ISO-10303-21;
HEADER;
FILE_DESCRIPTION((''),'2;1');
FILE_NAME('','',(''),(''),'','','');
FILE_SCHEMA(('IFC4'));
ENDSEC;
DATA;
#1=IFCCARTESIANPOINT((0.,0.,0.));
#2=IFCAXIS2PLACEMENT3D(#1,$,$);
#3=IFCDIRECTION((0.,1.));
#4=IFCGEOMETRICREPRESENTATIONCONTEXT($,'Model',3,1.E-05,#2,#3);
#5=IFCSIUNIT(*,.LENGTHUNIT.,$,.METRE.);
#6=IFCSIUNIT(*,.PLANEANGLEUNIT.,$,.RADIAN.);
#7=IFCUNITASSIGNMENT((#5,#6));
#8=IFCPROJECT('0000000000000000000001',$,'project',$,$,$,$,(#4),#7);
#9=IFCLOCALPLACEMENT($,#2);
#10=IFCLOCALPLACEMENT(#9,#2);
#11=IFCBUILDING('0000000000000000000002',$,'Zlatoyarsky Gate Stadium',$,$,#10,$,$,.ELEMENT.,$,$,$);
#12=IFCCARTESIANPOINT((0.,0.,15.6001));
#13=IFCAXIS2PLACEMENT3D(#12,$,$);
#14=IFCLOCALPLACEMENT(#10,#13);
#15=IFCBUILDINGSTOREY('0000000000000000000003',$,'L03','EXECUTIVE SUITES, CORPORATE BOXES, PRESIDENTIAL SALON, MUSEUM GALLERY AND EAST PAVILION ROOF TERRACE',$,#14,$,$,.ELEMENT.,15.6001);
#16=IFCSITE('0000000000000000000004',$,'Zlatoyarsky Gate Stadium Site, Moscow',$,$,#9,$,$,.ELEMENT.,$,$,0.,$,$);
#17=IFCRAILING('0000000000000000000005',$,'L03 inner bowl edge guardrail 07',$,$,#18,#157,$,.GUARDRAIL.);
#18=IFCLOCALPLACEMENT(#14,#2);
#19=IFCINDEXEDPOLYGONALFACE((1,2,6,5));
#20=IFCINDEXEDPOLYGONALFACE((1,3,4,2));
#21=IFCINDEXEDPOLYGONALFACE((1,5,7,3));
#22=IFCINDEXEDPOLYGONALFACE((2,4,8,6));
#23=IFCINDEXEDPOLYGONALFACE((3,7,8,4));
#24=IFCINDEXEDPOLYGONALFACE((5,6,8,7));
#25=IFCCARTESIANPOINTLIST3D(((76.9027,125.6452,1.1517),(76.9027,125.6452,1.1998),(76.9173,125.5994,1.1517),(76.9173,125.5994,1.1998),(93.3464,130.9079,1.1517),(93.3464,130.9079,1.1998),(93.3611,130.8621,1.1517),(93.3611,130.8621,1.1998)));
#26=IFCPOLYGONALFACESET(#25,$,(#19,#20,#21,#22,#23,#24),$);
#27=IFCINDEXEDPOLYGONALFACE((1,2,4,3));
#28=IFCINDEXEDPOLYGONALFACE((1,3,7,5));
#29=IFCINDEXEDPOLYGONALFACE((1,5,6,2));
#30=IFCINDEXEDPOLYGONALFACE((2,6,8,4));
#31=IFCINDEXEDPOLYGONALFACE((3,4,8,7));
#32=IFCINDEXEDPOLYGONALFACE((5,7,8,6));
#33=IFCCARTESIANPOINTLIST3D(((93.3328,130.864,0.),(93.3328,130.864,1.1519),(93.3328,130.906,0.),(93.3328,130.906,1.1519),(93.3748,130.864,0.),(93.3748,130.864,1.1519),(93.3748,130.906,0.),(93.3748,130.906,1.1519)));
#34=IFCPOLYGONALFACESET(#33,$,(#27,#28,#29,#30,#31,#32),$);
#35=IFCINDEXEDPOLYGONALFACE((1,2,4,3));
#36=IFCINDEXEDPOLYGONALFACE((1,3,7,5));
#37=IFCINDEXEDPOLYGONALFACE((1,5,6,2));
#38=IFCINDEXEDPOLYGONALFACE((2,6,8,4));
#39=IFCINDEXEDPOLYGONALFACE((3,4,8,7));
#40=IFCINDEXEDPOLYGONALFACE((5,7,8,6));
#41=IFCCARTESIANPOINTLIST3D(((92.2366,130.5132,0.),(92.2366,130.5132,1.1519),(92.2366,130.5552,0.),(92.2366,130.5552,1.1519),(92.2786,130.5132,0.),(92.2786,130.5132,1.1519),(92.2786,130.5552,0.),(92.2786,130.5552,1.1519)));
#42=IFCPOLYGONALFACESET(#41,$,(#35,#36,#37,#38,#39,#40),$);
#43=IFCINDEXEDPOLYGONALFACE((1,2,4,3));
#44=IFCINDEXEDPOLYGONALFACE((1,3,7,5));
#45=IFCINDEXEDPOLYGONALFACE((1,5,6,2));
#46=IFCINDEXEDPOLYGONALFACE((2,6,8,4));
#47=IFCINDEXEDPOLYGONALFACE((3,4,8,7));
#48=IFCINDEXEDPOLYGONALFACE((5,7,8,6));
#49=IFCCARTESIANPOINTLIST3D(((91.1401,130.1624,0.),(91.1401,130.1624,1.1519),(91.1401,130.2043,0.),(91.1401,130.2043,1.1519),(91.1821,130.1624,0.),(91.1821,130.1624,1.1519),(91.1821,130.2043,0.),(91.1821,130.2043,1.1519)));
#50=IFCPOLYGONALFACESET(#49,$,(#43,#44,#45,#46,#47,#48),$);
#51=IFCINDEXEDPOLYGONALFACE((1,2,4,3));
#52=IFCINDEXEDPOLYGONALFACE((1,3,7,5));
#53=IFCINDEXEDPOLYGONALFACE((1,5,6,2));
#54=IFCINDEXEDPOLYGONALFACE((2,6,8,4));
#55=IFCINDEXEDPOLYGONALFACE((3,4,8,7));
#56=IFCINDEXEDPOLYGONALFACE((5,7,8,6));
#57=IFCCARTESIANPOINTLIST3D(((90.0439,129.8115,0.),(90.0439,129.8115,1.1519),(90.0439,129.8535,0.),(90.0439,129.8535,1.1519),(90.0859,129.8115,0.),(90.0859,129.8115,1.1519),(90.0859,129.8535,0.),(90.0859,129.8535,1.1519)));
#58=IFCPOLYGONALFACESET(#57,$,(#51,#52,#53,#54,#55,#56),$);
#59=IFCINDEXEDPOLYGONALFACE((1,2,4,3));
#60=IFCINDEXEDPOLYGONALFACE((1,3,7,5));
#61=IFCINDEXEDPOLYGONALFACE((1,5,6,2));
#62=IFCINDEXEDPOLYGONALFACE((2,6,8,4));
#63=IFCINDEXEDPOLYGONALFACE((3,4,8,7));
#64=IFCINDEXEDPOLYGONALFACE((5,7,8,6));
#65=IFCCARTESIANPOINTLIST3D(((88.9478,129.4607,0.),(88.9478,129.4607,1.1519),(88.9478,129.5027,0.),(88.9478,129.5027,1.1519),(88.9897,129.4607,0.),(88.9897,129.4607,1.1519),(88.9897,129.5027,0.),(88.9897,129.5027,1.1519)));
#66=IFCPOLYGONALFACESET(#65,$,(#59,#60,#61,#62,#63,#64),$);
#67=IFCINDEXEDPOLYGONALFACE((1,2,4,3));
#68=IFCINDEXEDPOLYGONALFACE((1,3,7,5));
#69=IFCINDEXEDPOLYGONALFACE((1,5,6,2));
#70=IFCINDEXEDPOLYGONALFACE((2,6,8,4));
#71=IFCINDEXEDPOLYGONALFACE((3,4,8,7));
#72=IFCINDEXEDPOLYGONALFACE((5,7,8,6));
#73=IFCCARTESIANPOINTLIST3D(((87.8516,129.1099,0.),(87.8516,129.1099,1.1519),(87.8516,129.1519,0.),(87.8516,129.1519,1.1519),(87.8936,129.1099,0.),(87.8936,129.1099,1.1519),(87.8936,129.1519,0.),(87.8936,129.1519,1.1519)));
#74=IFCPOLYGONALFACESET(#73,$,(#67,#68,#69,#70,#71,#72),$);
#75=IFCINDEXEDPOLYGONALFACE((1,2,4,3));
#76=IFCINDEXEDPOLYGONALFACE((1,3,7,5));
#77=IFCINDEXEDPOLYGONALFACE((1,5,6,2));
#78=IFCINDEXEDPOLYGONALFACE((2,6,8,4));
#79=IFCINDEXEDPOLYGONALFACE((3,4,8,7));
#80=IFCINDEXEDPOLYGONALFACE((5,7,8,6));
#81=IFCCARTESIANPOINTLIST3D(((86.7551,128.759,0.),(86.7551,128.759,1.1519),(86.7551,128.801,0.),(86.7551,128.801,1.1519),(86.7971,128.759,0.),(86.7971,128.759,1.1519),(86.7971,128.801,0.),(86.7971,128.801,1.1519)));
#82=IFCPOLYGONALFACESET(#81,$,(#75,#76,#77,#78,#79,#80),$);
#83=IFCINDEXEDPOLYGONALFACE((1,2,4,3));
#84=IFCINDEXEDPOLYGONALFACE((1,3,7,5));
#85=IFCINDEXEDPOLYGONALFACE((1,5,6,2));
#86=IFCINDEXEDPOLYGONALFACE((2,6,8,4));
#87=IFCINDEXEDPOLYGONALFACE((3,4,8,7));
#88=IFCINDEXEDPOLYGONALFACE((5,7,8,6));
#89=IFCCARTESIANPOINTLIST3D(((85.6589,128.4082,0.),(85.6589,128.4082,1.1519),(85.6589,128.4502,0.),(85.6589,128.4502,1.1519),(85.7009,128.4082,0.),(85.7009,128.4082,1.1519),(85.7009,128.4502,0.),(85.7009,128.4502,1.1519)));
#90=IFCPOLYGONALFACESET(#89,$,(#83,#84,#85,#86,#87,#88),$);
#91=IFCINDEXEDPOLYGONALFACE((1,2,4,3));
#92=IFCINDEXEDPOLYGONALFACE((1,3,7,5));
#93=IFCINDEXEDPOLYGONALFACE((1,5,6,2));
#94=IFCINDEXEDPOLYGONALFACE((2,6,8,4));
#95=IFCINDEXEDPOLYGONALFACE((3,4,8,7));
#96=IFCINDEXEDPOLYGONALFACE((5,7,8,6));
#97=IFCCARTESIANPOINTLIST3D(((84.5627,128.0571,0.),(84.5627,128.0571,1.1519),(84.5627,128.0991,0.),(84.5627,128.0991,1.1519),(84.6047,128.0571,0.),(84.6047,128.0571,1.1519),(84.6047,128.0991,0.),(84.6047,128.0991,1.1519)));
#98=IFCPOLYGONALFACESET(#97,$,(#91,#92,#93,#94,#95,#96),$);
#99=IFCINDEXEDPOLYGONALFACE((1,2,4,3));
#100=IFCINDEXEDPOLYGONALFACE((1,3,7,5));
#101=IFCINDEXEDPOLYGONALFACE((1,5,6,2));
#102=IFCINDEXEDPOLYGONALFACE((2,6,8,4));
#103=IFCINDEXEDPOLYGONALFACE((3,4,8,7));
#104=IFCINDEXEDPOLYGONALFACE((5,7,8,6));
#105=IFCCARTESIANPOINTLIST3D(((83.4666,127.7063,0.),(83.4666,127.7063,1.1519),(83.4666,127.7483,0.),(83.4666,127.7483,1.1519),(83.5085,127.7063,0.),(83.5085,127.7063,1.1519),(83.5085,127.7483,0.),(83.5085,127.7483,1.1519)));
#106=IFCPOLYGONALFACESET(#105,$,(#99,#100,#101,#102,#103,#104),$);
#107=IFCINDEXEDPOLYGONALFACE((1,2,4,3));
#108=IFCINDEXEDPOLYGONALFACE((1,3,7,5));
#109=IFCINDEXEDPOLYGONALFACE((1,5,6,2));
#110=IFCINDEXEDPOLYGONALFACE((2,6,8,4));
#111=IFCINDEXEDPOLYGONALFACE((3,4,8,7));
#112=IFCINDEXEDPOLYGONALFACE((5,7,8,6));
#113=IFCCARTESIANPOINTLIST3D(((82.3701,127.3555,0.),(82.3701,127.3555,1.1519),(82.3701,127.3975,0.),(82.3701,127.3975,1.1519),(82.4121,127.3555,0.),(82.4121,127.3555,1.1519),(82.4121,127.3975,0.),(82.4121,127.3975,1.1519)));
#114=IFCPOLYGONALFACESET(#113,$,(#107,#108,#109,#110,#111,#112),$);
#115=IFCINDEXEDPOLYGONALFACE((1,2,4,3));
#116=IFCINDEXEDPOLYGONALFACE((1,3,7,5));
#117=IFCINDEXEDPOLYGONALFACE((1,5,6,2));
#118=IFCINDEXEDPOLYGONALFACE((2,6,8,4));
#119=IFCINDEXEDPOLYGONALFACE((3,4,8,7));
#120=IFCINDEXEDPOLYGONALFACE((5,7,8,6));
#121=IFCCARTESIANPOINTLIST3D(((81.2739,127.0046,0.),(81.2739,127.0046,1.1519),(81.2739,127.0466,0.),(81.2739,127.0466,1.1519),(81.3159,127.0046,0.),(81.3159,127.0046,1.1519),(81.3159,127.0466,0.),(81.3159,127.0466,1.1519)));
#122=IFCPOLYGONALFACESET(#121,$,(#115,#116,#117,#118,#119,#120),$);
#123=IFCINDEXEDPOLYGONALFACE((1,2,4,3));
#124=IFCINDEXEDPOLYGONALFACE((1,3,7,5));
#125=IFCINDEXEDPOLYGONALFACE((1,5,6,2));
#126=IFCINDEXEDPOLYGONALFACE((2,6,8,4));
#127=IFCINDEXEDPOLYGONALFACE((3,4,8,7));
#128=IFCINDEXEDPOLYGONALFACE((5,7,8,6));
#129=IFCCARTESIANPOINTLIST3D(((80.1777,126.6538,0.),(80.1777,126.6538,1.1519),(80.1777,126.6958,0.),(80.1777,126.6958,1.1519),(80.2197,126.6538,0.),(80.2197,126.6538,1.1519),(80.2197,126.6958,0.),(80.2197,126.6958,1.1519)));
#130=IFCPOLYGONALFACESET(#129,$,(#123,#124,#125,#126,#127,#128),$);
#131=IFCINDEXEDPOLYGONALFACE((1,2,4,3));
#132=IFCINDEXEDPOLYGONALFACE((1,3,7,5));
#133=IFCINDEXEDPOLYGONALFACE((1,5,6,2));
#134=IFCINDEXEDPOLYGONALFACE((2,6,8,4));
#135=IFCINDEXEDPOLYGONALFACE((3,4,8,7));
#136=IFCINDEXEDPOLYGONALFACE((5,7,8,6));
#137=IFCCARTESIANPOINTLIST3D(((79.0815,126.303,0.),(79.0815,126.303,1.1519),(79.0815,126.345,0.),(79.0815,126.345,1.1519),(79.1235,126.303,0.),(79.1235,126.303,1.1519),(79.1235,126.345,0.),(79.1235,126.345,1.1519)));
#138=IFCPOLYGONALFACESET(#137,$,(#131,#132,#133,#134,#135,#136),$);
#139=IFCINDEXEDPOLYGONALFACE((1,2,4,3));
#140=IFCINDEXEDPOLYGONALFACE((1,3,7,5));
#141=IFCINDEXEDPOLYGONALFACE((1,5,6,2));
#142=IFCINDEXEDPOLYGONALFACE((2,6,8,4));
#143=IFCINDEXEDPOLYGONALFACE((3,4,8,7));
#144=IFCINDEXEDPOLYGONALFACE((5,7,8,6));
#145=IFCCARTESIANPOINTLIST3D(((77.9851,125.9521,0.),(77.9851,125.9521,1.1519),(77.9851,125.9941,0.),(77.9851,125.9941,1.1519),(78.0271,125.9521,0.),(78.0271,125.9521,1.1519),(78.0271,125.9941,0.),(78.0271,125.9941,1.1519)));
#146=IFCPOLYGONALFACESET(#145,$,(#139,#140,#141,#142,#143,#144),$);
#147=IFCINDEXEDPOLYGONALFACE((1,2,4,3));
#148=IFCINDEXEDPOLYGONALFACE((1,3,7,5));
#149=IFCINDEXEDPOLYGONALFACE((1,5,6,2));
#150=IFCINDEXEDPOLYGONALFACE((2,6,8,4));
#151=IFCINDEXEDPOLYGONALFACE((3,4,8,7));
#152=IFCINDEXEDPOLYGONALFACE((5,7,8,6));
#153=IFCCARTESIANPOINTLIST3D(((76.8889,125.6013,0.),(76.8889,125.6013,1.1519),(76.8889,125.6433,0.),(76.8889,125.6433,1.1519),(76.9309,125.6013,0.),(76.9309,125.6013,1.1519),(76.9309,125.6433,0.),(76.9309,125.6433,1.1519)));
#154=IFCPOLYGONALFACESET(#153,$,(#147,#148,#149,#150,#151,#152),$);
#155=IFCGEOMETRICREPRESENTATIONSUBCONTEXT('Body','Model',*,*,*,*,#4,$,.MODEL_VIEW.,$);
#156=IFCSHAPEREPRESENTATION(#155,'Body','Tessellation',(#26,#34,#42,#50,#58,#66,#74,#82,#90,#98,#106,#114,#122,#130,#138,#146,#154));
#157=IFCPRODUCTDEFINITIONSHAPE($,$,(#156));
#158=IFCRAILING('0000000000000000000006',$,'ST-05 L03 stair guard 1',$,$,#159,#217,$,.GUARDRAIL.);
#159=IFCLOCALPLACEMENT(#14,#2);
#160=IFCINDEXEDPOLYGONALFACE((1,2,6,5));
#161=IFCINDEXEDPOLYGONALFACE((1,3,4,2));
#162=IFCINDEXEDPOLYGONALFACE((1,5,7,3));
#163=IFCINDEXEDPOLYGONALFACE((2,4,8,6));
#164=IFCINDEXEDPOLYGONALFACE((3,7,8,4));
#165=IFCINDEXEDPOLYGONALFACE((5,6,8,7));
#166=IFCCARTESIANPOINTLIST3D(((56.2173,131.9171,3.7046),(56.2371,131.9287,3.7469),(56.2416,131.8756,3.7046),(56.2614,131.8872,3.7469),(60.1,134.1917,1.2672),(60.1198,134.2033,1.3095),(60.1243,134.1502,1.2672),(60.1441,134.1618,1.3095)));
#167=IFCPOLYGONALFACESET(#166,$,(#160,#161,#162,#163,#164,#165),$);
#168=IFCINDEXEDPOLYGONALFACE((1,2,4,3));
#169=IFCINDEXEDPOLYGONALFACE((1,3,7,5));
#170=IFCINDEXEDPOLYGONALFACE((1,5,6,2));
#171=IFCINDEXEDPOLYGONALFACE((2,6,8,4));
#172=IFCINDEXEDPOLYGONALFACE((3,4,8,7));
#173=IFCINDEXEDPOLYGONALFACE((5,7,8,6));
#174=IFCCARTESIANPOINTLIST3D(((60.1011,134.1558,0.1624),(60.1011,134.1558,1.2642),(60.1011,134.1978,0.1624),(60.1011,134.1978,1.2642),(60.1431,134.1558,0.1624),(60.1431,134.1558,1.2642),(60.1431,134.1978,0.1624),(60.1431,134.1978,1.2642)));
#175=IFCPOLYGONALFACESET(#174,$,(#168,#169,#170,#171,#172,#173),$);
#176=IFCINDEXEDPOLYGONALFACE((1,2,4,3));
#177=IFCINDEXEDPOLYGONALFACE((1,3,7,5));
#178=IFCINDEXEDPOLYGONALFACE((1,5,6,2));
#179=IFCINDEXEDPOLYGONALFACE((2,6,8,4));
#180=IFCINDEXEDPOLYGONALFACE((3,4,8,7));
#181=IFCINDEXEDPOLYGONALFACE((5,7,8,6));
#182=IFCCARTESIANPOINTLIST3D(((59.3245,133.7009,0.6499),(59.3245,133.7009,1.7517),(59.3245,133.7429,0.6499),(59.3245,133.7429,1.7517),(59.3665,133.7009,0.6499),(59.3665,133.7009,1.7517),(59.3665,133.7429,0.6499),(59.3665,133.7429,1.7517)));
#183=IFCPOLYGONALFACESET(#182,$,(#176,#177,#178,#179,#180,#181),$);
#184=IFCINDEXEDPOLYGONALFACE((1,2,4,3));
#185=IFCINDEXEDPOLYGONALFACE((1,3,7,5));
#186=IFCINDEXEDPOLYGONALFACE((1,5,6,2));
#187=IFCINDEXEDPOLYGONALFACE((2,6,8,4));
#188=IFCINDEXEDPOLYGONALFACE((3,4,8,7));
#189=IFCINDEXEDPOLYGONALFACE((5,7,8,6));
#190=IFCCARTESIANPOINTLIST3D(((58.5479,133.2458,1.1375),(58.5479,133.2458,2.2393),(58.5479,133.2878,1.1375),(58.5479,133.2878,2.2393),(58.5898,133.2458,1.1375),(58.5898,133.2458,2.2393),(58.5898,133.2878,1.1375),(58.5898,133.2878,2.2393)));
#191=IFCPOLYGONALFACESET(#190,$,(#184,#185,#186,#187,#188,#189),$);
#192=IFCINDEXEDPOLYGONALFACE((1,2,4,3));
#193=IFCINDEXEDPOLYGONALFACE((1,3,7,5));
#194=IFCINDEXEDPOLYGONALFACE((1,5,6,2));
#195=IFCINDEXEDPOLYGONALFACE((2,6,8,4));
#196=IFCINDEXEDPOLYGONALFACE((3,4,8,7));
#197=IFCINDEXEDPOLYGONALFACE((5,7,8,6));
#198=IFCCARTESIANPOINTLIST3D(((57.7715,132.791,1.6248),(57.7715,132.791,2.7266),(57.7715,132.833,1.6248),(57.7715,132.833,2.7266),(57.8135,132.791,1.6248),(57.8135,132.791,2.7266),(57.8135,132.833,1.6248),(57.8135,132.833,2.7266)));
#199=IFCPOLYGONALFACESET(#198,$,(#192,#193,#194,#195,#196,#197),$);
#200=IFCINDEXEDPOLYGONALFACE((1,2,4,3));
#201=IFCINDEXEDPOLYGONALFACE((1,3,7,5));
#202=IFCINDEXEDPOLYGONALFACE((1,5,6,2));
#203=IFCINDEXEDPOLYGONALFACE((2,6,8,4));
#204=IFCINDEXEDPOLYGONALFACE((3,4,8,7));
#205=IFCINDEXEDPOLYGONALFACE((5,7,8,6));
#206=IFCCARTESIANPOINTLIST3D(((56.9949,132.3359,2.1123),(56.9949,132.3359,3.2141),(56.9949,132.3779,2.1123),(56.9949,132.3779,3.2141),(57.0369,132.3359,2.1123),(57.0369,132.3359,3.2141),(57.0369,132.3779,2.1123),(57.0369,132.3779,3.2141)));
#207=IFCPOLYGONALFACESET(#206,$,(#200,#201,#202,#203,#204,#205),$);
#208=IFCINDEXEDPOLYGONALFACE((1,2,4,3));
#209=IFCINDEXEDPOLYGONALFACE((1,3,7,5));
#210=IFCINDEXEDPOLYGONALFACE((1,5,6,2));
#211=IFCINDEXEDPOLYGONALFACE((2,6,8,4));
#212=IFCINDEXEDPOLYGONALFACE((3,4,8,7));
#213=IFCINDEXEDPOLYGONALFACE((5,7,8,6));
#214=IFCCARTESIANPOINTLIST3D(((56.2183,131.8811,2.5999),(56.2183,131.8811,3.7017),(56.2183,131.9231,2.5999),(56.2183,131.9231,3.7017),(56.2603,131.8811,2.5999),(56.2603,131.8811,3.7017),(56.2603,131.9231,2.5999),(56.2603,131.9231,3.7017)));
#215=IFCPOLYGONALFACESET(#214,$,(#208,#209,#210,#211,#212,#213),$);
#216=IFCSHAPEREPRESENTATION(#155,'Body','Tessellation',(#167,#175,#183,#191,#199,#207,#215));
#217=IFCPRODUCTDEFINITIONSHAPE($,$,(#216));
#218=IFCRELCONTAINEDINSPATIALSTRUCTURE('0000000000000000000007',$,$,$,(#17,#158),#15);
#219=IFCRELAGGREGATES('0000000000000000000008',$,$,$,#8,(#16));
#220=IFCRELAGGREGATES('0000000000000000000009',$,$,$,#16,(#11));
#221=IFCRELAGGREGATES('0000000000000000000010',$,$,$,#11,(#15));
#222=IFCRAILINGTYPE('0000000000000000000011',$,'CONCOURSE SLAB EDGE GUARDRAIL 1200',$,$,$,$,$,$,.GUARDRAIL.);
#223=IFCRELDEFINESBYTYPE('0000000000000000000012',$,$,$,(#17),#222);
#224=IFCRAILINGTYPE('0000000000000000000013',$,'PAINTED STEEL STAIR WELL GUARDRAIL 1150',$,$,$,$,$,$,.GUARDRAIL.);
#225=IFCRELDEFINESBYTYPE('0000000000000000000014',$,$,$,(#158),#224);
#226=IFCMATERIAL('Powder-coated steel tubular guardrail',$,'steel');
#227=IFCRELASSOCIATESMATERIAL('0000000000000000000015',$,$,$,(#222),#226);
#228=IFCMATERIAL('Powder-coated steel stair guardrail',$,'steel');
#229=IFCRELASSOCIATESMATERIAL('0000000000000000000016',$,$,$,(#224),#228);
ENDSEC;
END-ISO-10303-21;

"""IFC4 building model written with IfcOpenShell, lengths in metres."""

from ifc_helpers import new_model, si_unit, direction, frame, origin, origin_2d, place, context, subcontext, project, spatial, rectangle, extrude, material, type_object, element, save


model = new_model("IFC4")

# Units and contexts
model_context = context("Model", 3, precision=1e-05, world=origin(), true_north=direction((0.0, 1.0)))
body_context = subcontext(model_context, "Body", "Model", "MODEL_VIEW")
ifc_project = project(units=[si_unit("LENGTHUNIT", "METRE"), si_unit("PLANEANGLEUNIT", "RADIAN")], contexts=[model_context])

# Site, building, storey
site_placement = place(None, origin())
site = spatial("IfcSite", under=ifc_project, at=site_placement, Name="Zlatoyarsky Gate Stadium Site, Moscow", CompositionType="ELEMENT", RefElevation=0.0)
building_placement = place(site_placement, origin())
building = spatial("IfcBuilding", under=site, at=building_placement, Name="Zlatoyarsky Gate Stadium", CompositionType="ELEMENT")
storey_placement = place(building_placement, frame((0.0, 0.0, 15.6001)))
storey = spatial("IfcBuildingStorey", under=building, at=storey_placement, Name="L03", Description="EXECUTIVE SUITES, CORPORATE BOXES, PRESIDENTIAL SALON, MUSEUM GALLERY AND EAST PAVILION ROOF TERRACE", CompositionType="ELEMENT", Elevation=15.6001)

# Railings
ifc_material_1 = material(Name="Powder-coated steel tubular guardrail", Category="steel")
railing_type_1 = type_object("IfcRailingType", Name="CONCOURSE SLAB EDGE GUARDRAIL 1200", PredefinedType="GUARDRAIL", material=ifc_material_1)
railing_1_placement = place(storey_placement, frame((93.3538, 130.885, 0.0)))
element("IfcRailing", 1, at=railing_1_placement, inside=storey, type_object=railing_type_1, Name="L03 inner bowl edge guardrail 07", PredefinedType="GUARDRAIL", context=body_context, shape_type="SweptSolid", body=[
    extrude(rectangle(XDim=0.0481, YDim=0.0481, at=origin_2d()), frame((0.0, 0.0, 1.1758), z_axis=(-0.952413, -0.304811, 0.0), x_axis=(0.304811, -0.952413, 0.0)), (0.0, 0.0, 1.0), 17.2654),
    extrude(rectangle(XDim=0.042, YDim=0.042, at=origin_2d()), origin(), (0.0, 0.0, 1.0), 1.1519),
    extrude(rectangle(XDim=0.042, YDim=0.042, at=origin_2d()), frame((-1.0962, -0.3508, 0.0)), (0.0, 0.0, 1.0), 1.1519),
    extrude(rectangle(XDim=0.042, YDim=0.042, at=origin_2d()), frame((-2.1926, -0.7017, 0.0)), (0.0, 0.0, 1.0), 1.1519),
    extrude(rectangle(XDim=0.042, YDim=0.042, at=origin_2d()), frame((-3.2888, -1.0525, 0.0)), (0.0, 0.0, 1.0), 1.1519),
    extrude(rectangle(XDim=0.042, YDim=0.042, at=origin_2d()), frame((-4.385, -1.4033, 0.0)), (0.0, 0.0, 1.0), 1.1519),
    extrude(rectangle(XDim=0.042, YDim=0.042, at=origin_2d()), frame((-5.4812, -1.7542, 0.0)), (0.0, 0.0, 1.0), 1.1519),
    extrude(rectangle(XDim=0.042, YDim=0.042, at=origin_2d()), frame((-6.5776, -2.105, 0.0)), (0.0, 0.0, 1.0), 1.1519),
    extrude(rectangle(XDim=0.042, YDim=0.042, at=origin_2d()), frame((-7.6738, -2.4558, 0.0)), (0.0, 0.0, 1.0), 1.1519),
    extrude(rectangle(XDim=0.042, YDim=0.042, at=origin_2d()), frame((-8.77, -2.8069, 0.0)), (0.0, 0.0, 1.0), 1.1519),
    extrude(rectangle(XDim=0.042, YDim=0.042, at=origin_2d()), frame((-9.8662, -3.1577, 0.0)), (0.0, 0.0, 1.0), 1.1519),
    extrude(rectangle(XDim=0.042, YDim=0.042, at=origin_2d()), frame((-10.9626, -3.5085, 0.0)), (0.0, 0.0, 1.0), 1.1519),
    extrude(rectangle(XDim=0.042, YDim=0.042, at=origin_2d()), frame((-12.0588, -3.8594, 0.0)), (0.0, 0.0, 1.0), 1.1519),
    extrude(rectangle(XDim=0.042, YDim=0.042, at=origin_2d()), frame((-13.155, -4.2102, 0.0)), (0.0, 0.0, 1.0), 1.1519),
    extrude(rectangle(XDim=0.042, YDim=0.042, at=origin_2d()), frame((-14.2512, -4.561, 0.0)), (0.0, 0.0, 1.0), 1.1519),
    extrude(rectangle(XDim=0.042, YDim=0.042, at=origin_2d()), frame((-15.3477, -4.9119, 0.0)), (0.0, 0.0, 1.0), 1.1519),
    extrude(rectangle(XDim=0.042, YDim=0.042, at=origin_2d()), frame((-16.4438, -5.2627, 0.0)), (0.0, 0.0, 1.0), 1.1519),
])
ifc_material_2 = material(Name="Powder-coated steel stair guardrail", Category="steel")
railing_type_2 = type_object("IfcRailingType", Name="PAINTED STEEL STAIR WELL GUARDRAIL 1150", PredefinedType="GUARDRAIL", material=ifc_material_2)
railing_2_placement = place(storey_placement, frame((60.1221, 134.1768, 0.1624)))
element("IfcRailing", 2, at=railing_2_placement, inside=storey, type_object=railing_type_2, Name="ST-05 L03 stair guard 1", PredefinedType="GUARDRAIL", context=body_context, shape_type="SweptSolid", body=[
    extrude(rectangle(XDim=0.0481, YDim=0.0481, at=origin_2d()), frame((0.0, 0.0, 1.126), z_axis=(-0.75869, -0.444462, 0.47628), x_axis=(0.505476, -0.862841, 0.0)), (0.0, 0.0, 1.0), 5.1177),
    extrude(rectangle(XDim=0.042, YDim=0.042, at=origin_2d()), origin(), (0.0, 0.0, 1.0), 1.1018),
    extrude(rectangle(XDim=0.042, YDim=0.042, at=origin_2d()), frame((-0.7766, -0.4548, 0.4875)), (0.0, 0.0, 1.0), 1.1018),
    extrude(rectangle(XDim=0.042, YDim=0.042, at=origin_2d()), frame((-1.5532, -0.9099, 0.9751)), (0.0, 0.0, 1.0), 1.1018),
    extrude(rectangle(XDim=0.042, YDim=0.042, at=origin_2d()), frame((-2.3296, -1.3647, 1.4624)), (0.0, 0.0, 1.0), 1.1018),
    extrude(rectangle(XDim=0.042, YDim=0.042, at=origin_2d()), frame((-3.1062, -1.8198, 1.95)), (0.0, 0.0, 1.0), 1.1018),
    extrude(rectangle(XDim=0.042, YDim=0.042, at=origin_2d()), frame((-3.8828, -2.2747, 2.4375)), (0.0, 0.0, 1.0), 1.1018),
])

save(model, "model.ifc")
